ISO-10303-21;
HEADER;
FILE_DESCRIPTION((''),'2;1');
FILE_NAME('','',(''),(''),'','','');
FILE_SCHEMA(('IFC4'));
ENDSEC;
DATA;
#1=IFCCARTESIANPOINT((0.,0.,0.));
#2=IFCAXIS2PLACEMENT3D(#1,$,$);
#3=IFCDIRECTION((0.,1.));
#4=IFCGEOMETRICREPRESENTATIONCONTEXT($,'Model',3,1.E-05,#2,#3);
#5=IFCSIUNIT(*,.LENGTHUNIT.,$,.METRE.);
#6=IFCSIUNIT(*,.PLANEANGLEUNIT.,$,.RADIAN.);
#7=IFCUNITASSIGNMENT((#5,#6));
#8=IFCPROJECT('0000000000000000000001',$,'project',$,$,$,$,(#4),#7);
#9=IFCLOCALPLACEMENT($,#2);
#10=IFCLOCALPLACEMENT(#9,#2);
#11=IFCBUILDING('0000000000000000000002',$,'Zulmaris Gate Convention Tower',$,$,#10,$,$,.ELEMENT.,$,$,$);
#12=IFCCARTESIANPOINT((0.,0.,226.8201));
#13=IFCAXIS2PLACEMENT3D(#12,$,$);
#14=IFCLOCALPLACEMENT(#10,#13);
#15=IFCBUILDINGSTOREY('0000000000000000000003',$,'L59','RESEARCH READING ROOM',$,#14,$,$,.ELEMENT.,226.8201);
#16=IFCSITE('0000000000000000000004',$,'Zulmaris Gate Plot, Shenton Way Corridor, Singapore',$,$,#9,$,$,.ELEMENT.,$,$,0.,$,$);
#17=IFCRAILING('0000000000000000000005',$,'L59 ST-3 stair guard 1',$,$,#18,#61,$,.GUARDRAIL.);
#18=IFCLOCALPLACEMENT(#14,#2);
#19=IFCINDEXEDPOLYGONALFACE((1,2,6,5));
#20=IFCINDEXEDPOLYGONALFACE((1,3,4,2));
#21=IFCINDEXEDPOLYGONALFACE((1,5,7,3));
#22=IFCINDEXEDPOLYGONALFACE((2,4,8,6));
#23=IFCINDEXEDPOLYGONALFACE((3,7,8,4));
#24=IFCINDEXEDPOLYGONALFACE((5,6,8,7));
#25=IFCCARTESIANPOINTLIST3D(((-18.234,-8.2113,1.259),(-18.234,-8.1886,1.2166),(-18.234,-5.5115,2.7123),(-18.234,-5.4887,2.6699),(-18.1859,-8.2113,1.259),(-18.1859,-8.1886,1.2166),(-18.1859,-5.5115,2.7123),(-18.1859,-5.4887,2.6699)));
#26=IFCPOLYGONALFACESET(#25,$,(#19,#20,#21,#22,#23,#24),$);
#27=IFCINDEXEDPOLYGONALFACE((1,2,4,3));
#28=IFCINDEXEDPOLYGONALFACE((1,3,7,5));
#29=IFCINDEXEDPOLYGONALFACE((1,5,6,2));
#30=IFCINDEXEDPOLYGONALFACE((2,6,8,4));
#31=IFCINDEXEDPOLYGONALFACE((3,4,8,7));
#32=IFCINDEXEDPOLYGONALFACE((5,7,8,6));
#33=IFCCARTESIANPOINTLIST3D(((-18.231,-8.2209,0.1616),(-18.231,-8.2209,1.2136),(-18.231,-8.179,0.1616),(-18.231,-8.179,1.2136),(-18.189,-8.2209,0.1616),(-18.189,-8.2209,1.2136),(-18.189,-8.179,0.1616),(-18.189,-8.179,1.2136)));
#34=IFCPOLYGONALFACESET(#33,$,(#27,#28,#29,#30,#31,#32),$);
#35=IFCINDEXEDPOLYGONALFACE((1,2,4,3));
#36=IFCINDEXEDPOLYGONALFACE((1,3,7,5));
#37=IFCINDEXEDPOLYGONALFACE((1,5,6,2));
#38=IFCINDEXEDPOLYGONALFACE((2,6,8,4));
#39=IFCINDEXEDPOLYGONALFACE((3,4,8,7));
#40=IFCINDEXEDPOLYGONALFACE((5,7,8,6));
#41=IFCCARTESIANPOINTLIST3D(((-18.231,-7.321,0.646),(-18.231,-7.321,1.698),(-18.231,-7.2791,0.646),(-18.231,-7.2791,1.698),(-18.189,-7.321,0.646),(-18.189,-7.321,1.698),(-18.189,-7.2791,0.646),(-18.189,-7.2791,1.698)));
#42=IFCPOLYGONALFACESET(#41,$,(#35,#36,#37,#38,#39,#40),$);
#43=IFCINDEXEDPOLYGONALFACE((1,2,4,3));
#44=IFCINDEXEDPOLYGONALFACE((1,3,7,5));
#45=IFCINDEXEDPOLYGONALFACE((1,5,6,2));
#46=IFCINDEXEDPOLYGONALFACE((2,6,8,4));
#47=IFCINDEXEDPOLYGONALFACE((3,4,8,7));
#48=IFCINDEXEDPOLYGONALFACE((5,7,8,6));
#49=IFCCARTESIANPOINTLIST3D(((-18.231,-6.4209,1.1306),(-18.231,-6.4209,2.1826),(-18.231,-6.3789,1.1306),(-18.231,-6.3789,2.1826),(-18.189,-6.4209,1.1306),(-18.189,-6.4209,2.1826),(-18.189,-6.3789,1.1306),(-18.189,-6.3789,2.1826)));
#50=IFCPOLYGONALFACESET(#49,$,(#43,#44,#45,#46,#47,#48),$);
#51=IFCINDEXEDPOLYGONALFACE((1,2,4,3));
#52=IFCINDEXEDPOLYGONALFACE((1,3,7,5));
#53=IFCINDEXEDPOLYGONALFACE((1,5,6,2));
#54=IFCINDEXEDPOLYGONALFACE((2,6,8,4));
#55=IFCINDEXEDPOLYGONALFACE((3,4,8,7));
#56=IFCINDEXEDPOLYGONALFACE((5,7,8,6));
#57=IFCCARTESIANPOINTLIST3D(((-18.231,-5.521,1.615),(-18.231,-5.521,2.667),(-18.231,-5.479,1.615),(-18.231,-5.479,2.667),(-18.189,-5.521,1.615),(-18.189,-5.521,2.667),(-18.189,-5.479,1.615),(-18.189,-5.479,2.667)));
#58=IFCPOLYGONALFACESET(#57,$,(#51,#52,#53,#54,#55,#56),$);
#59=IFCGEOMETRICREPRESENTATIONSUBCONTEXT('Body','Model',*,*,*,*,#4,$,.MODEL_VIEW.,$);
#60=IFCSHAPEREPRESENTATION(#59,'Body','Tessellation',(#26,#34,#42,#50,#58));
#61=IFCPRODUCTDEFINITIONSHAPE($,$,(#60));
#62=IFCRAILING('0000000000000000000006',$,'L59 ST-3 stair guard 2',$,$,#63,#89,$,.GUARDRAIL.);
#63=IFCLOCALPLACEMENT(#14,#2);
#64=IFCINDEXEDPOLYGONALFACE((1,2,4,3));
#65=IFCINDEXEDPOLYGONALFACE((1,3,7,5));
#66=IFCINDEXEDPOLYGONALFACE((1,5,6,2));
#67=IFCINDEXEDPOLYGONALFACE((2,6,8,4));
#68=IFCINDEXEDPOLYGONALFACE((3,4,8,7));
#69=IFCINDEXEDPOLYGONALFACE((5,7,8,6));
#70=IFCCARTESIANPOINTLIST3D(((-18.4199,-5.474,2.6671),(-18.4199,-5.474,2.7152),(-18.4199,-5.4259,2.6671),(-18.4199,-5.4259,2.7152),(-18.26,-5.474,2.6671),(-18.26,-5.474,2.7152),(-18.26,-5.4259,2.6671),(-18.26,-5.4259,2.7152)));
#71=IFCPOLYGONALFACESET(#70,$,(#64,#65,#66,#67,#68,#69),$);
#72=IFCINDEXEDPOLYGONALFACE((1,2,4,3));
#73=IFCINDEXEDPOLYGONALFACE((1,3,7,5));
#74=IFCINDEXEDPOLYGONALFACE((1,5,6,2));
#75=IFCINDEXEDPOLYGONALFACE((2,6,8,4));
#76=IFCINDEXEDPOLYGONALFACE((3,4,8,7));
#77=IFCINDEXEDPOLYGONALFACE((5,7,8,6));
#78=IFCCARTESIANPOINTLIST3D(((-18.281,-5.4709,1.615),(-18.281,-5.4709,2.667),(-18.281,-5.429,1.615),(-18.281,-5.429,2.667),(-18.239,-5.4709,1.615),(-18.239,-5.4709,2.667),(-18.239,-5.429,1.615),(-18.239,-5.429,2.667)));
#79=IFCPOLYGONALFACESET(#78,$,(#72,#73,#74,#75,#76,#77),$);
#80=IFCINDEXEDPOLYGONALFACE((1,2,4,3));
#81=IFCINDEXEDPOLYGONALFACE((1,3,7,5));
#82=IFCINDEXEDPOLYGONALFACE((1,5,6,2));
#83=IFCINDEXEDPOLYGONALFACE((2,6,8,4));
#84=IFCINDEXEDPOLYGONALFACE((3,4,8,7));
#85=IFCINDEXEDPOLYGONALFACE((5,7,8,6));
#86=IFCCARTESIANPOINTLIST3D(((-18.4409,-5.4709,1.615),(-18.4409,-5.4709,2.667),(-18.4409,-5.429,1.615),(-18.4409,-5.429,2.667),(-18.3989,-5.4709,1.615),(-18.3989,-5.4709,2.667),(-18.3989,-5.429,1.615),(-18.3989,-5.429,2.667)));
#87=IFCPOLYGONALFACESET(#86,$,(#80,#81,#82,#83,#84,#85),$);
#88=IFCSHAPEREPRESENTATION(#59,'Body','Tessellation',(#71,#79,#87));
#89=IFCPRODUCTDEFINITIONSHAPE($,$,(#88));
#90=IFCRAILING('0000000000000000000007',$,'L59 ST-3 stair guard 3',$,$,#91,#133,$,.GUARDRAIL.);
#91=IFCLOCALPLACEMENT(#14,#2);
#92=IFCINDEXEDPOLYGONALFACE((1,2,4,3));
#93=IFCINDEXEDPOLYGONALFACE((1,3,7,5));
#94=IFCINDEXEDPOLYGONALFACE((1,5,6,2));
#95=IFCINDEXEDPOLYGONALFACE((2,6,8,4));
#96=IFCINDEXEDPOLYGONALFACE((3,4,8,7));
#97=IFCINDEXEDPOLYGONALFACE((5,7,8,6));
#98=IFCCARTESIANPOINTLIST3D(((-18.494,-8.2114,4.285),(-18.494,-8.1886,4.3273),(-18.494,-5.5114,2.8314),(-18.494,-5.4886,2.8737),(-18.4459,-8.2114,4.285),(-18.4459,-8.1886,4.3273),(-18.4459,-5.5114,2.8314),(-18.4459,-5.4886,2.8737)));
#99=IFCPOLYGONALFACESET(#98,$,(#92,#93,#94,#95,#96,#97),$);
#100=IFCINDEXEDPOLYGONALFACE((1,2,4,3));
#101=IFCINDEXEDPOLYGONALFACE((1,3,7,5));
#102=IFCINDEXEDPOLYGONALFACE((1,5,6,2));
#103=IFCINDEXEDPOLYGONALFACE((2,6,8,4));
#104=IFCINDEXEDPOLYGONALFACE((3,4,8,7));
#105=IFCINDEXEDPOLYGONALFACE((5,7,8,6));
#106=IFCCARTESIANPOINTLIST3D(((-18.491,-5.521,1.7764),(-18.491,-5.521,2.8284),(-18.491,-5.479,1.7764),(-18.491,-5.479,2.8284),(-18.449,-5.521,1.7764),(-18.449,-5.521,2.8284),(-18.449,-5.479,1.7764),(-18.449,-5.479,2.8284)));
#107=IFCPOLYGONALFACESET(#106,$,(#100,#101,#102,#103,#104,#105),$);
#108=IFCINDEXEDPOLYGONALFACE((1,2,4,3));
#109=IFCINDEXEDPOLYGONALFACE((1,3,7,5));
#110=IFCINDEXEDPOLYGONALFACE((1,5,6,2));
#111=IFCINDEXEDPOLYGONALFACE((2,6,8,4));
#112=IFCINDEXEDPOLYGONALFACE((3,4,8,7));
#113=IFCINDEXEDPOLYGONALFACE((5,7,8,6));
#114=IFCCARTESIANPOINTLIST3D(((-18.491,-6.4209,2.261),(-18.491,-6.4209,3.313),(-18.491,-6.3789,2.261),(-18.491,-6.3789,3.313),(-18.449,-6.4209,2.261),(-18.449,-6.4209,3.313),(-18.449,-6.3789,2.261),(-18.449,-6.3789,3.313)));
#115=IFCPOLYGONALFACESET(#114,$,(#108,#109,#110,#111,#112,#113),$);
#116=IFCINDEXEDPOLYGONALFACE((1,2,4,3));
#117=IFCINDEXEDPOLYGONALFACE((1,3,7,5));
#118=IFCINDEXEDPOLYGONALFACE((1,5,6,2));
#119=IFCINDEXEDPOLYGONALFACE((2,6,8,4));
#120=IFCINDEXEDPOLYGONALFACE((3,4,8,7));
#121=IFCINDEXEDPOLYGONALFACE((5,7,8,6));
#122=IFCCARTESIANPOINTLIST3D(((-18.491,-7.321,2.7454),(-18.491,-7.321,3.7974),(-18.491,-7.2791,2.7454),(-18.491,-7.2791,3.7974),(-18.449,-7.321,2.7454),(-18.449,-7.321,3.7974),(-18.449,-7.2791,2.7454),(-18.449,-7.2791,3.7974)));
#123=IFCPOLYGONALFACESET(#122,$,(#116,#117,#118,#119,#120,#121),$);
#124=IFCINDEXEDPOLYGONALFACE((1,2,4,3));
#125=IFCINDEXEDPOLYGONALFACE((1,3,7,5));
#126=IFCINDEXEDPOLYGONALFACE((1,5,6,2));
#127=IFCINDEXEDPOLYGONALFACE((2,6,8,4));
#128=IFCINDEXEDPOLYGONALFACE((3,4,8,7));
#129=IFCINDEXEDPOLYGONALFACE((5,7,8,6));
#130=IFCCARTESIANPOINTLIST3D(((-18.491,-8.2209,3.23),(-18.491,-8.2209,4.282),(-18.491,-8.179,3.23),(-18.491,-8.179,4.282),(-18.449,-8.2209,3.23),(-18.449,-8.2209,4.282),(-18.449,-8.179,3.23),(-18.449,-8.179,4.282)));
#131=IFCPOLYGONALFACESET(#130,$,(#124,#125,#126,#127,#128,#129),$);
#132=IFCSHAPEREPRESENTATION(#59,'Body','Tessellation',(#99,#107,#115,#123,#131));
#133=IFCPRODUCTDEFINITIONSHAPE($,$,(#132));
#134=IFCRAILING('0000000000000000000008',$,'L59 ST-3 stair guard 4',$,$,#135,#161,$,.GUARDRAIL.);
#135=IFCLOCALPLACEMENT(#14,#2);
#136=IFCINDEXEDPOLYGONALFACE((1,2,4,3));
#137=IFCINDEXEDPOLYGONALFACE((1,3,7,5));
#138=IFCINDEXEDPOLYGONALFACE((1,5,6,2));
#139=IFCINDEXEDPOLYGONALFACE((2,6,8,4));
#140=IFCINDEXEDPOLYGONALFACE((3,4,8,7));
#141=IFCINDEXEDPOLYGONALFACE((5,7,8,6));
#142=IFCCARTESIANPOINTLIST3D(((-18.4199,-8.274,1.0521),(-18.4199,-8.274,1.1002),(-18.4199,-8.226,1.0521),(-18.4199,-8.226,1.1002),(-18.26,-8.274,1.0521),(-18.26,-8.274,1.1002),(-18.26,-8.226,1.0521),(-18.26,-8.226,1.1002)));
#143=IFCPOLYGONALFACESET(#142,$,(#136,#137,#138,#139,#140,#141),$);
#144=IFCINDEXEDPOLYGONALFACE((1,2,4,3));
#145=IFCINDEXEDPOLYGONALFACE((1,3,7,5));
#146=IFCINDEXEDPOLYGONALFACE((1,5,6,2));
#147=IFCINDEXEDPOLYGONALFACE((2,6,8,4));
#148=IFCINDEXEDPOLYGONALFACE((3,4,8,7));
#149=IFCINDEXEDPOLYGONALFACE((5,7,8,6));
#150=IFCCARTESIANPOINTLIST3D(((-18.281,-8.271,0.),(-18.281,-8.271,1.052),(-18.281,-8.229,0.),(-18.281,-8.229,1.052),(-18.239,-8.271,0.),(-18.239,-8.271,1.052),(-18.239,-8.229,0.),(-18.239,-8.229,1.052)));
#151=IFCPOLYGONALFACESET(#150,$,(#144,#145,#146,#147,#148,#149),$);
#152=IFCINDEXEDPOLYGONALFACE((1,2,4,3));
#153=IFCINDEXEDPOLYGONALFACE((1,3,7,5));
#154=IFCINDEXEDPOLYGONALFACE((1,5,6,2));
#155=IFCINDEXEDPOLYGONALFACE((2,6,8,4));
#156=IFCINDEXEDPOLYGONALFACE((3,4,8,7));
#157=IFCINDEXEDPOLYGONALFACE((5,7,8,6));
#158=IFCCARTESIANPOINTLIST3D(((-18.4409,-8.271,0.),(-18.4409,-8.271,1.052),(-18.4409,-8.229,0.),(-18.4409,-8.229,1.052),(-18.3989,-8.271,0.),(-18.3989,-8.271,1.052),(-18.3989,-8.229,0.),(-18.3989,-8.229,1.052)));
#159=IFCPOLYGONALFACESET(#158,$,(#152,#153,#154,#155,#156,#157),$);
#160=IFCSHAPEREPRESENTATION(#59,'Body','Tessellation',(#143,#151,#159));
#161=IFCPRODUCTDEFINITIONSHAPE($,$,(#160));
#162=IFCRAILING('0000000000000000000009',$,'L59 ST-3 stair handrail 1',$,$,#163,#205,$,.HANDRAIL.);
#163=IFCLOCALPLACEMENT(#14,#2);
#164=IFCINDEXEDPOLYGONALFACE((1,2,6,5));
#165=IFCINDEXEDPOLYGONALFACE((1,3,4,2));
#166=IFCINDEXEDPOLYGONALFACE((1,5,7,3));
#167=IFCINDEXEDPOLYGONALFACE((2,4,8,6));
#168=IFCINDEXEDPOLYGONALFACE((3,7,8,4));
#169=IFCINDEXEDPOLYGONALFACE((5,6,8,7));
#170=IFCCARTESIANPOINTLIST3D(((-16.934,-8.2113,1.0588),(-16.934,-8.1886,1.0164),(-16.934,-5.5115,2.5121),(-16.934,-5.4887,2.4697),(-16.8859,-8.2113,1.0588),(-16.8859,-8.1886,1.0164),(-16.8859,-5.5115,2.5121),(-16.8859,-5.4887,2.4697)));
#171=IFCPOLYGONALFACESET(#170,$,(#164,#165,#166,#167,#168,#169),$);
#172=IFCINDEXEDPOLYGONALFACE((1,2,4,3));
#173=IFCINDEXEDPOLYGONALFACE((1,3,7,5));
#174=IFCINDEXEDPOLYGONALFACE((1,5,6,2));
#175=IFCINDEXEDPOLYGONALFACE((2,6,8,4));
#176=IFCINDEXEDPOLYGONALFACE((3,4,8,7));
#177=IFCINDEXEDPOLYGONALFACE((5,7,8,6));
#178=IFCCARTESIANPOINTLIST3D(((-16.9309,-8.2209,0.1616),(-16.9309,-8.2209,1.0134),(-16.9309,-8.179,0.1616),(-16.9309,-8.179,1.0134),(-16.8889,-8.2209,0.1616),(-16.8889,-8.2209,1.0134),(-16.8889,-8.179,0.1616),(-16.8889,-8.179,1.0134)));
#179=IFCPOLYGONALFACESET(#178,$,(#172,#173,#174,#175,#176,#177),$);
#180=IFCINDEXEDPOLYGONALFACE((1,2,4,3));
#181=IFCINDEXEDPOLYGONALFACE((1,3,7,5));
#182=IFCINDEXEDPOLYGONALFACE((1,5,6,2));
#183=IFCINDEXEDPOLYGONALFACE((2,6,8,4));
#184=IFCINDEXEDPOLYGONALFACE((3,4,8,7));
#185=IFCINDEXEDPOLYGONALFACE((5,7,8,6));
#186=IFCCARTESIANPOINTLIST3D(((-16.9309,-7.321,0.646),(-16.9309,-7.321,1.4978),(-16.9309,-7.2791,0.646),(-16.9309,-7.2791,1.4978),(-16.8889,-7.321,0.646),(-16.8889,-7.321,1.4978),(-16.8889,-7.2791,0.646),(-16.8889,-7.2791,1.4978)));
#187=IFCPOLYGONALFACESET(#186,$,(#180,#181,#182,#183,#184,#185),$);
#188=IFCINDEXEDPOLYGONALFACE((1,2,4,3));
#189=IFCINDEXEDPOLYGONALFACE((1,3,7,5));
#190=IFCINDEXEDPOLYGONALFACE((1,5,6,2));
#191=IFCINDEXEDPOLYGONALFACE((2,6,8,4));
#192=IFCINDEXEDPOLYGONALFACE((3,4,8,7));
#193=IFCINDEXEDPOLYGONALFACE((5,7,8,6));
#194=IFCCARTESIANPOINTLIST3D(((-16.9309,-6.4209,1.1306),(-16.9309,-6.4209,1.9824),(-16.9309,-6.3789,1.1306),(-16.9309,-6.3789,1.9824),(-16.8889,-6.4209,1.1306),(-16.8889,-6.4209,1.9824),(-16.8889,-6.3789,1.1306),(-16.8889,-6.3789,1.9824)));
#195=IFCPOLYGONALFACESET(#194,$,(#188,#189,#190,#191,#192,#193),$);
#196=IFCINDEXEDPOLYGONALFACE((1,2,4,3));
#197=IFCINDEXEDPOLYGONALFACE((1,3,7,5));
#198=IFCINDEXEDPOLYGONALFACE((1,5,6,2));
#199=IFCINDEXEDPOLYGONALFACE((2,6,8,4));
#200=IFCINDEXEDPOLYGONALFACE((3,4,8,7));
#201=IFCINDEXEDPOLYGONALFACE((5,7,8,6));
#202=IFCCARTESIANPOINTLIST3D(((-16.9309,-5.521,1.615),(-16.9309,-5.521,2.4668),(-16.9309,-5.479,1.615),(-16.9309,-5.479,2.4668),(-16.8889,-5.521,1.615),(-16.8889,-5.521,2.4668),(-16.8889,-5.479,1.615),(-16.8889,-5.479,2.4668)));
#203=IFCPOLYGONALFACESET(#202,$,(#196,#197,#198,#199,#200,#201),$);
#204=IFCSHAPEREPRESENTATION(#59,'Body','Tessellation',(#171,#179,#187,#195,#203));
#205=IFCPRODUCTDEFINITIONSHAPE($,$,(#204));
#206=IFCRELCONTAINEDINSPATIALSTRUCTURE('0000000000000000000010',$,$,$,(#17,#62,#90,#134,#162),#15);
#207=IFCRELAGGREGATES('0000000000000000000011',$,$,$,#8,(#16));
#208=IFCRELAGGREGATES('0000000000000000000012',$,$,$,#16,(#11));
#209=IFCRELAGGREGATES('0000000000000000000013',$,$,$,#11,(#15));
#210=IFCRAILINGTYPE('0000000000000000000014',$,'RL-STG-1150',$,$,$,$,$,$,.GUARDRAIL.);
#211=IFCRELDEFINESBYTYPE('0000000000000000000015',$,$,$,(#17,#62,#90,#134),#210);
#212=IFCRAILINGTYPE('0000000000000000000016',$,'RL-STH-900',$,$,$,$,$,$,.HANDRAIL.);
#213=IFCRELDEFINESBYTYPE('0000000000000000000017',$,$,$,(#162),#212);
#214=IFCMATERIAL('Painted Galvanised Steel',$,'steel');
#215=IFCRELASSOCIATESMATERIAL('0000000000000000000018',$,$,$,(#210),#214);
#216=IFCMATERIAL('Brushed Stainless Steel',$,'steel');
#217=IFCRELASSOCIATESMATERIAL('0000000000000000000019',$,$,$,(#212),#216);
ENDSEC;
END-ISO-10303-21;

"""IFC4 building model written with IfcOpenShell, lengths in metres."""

from ifc_helpers import new_model, si_unit, direction, frame, origin, origin_2d, place, context, subcontext, project, spatial, rectangle, extrude, material, type_object, element, save


model = new_model("IFC4")

# Units and contexts
model_context = context("Model", 3, precision=1e-05, world=origin(), true_north=direction((0.0, 1.0)))
body_context = subcontext(model_context, "Body", "Model", "MODEL_VIEW")
ifc_project = project(units=[si_unit("LENGTHUNIT", "METRE"), si_unit("PLANEANGLEUNIT", "RADIAN")], contexts=[model_context])

# Site, building, storey
site_placement = place(None, origin())
site = spatial("IfcSite", under=ifc_project, at=site_placement, Name="Zulmaris Gate Plot, Shenton Way Corridor, Singapore", CompositionType="ELEMENT", RefElevation=0.0)
building_placement = place(site_placement, origin())
building = spatial("IfcBuilding", under=site, at=building_placement, Name="Zulmaris Gate Convention Tower", CompositionType="ELEMENT")
storey_placement = place(building_placement, frame((0.0, 0.0, 226.8201)))
storey = spatial("IfcBuildingStorey", under=building, at=storey_placement, Name="L59", Description="RESEARCH READING ROOM", CompositionType="ELEMENT", Elevation=226.8201)

# Shared definitions
ifc_material_1 = material(Name="Brushed Stainless Steel", Category="steel")

# Railings
ifc_material_2 = material(Name="Painted Galvanised Steel", Category="steel")
railing_type_1 = type_object("IfcRailingType", Name="RL-STG-1150", PredefinedType="GUARDRAIL", material=ifc_material_2)
railing_1_placement = place(storey_placement, frame((-18.21, -8.2, 0.1616)))
element("IfcRailing", 1, at=railing_1_placement, inside=storey, type_object=railing_type_1, Name="L59 ST-3 stair guard 1", PredefinedType="GUARDRAIL", context=body_context, shape_type="SweptSolid", body=[
    extrude(rectangle(XDim=0.0481, YDim=0.0481, at=origin_2d()), frame((0.0, 0.0, 1.0762), z_axis=(0.0, 0.880532, 0.473986), x_axis=(-1.0, 0.0, 0.0)), (0.0, 0.0, 1.0), 3.0662),
    extrude(rectangle(XDim=0.042, YDim=0.042, at=origin_2d()), origin(), (0.0, 0.0, 1.0), 1.052),
    extrude(rectangle(XDim=0.042, YDim=0.042, at=origin_2d()), frame((0.0, 0.8999, 0.4844)), (0.0, 0.0, 1.0), 1.052),
    extrude(rectangle(XDim=0.042, YDim=0.042, at=origin_2d()), frame((0.0, 1.8, 0.969)), (0.0, 0.0, 1.0), 1.052),
    extrude(rectangle(XDim=0.042, YDim=0.042, at=origin_2d()), frame((0.0, 2.7, 1.4534)), (0.0, 0.0, 1.0), 1.052),
])
railing_2_placement = place(storey_placement, frame((-18.26, -5.45, 1.615)))
element("IfcRailing", 2, at=railing_2_placement, inside=storey, type_object=railing_type_1, Name="L59 ST-3 stair guard 2", PredefinedType="GUARDRAIL", context=body_context, shape_type="SweptSolid", body=[
    extrude(rectangle(XDim=0.0481, YDim=0.0481, at=origin_2d()), frame((0.0, 0.0, 1.0762), z_axis=(-1.0, 0.0, 0.0), x_axis=(0.0, -1.0, 0.0)), (0.0, 0.0, 1.0), 0.1599),
    extrude(rectangle(XDim=0.042, YDim=0.042, at=origin_2d()), origin(), (0.0, 0.0, 1.0), 1.052),
    extrude(rectangle(XDim=0.042, YDim=0.042, at=origin_2d()), frame((-0.1599, 0.0, 0.0)), (0.0, 0.0, 1.0), 1.052),
])
railing_3_placement = place(storey_placement, frame((-18.47, -5.5, 1.7764)))
element("IfcRailing", 3, at=railing_3_placement, inside=storey, type_object=railing_type_1, Name="L59 ST-3 stair guard 3", PredefinedType="GUARDRAIL", context=body_context, shape_type="SweptSolid", body=[
    extrude(rectangle(XDim=0.0481, YDim=0.0481, at=origin_2d()), frame((0.0, 0.0, 1.0762), z_axis=(0.0, -0.880499, 0.474048), x_axis=(1.0, 0.0, 0.0)), (0.0, 0.0, 1.0), 3.0664),
    extrude(rectangle(XDim=0.042, YDim=0.042, at=origin_2d()), origin(), (0.0, 0.0, 1.0), 1.052),
    extrude(rectangle(XDim=0.042, YDim=0.042, at=origin_2d()), frame((0.0, -0.8999, 0.4846)), (0.0, 0.0, 1.0), 1.052),
    extrude(rectangle(XDim=0.042, YDim=0.042, at=origin_2d()), frame((0.0, -1.8, 0.969)), (0.0, 0.0, 1.0), 1.052),
    extrude(rectangle(XDim=0.042, YDim=0.042, at=origin_2d()), frame((0.0, -2.7, 1.4536)), (0.0, 0.0, 1.0), 1.052),
])
railing_4_placement = place(storey_placement, frame((-18.26, -8.25, 0.0)))
element("IfcRailing", 4, at=railing_4_placement, inside=storey, type_object=railing_type_1, Name="L59 ST-3 stair guard 4", PredefinedType="GUARDRAIL", context=body_context, shape_type="SweptSolid", body=[
    extrude(rectangle(XDim=0.0481, YDim=0.0481, at=origin_2d()), frame((0.0, 0.0, 1.0762), z_axis=(-1.0, 0.0, 0.0), x_axis=(0.0, -1.0, 0.0)), (0.0, 0.0, 1.0), 0.1599),
    extrude(rectangle(XDim=0.042, YDim=0.042, at=origin_2d()), origin(), (0.0, 0.0, 1.0), 1.052),
    extrude(rectangle(XDim=0.042, YDim=0.042, at=origin_2d()), frame((-0.1599, 0.0, 0.0)), (0.0, 0.0, 1.0), 1.052),
])
railing_type_2 = type_object("IfcRailingType", Name="RL-STH-900", PredefinedType="HANDRAIL", material=ifc_material_1)
railing_5_placement = place(storey_placement, frame((-16.9099, -8.2, 0.1616)))
element("IfcRailing", 5, at=railing_5_placement, inside=storey, type_object=railing_type_2, Name="L59 ST-3 stair handrail 1", PredefinedType="HANDRAIL", context=body_context, shape_type="SweptSolid", body=[
    extrude(rectangle(XDim=0.0481, YDim=0.0481, at=origin_2d()), frame((0.0, 0.0, 0.876), z_axis=(0.0, 0.880532, 0.473986), x_axis=(-1.0, 0.0, 0.0)), (0.0, 0.0, 1.0), 3.0662),
    extrude(rectangle(XDim=0.042, YDim=0.042, at=origin_2d()), origin(), (0.0, 0.0, 1.0), 0.8518),
    extrude(rectangle(XDim=0.042, YDim=0.042, at=origin_2d()), frame((0.0, 0.8999, 0.4844)), (0.0, 0.0, 1.0), 0.8518),
    extrude(rectangle(XDim=0.042, YDim=0.042, at=origin_2d()), frame((0.0, 1.8, 0.969)), (0.0, 0.0, 1.0), 0.8518),
    extrude(rectangle(XDim=0.042, YDim=0.042, at=origin_2d()), frame((0.0, 2.7, 1.4534)), (0.0, 0.0, 1.0), 0.8518),
])

save(model, "model.ifc")
